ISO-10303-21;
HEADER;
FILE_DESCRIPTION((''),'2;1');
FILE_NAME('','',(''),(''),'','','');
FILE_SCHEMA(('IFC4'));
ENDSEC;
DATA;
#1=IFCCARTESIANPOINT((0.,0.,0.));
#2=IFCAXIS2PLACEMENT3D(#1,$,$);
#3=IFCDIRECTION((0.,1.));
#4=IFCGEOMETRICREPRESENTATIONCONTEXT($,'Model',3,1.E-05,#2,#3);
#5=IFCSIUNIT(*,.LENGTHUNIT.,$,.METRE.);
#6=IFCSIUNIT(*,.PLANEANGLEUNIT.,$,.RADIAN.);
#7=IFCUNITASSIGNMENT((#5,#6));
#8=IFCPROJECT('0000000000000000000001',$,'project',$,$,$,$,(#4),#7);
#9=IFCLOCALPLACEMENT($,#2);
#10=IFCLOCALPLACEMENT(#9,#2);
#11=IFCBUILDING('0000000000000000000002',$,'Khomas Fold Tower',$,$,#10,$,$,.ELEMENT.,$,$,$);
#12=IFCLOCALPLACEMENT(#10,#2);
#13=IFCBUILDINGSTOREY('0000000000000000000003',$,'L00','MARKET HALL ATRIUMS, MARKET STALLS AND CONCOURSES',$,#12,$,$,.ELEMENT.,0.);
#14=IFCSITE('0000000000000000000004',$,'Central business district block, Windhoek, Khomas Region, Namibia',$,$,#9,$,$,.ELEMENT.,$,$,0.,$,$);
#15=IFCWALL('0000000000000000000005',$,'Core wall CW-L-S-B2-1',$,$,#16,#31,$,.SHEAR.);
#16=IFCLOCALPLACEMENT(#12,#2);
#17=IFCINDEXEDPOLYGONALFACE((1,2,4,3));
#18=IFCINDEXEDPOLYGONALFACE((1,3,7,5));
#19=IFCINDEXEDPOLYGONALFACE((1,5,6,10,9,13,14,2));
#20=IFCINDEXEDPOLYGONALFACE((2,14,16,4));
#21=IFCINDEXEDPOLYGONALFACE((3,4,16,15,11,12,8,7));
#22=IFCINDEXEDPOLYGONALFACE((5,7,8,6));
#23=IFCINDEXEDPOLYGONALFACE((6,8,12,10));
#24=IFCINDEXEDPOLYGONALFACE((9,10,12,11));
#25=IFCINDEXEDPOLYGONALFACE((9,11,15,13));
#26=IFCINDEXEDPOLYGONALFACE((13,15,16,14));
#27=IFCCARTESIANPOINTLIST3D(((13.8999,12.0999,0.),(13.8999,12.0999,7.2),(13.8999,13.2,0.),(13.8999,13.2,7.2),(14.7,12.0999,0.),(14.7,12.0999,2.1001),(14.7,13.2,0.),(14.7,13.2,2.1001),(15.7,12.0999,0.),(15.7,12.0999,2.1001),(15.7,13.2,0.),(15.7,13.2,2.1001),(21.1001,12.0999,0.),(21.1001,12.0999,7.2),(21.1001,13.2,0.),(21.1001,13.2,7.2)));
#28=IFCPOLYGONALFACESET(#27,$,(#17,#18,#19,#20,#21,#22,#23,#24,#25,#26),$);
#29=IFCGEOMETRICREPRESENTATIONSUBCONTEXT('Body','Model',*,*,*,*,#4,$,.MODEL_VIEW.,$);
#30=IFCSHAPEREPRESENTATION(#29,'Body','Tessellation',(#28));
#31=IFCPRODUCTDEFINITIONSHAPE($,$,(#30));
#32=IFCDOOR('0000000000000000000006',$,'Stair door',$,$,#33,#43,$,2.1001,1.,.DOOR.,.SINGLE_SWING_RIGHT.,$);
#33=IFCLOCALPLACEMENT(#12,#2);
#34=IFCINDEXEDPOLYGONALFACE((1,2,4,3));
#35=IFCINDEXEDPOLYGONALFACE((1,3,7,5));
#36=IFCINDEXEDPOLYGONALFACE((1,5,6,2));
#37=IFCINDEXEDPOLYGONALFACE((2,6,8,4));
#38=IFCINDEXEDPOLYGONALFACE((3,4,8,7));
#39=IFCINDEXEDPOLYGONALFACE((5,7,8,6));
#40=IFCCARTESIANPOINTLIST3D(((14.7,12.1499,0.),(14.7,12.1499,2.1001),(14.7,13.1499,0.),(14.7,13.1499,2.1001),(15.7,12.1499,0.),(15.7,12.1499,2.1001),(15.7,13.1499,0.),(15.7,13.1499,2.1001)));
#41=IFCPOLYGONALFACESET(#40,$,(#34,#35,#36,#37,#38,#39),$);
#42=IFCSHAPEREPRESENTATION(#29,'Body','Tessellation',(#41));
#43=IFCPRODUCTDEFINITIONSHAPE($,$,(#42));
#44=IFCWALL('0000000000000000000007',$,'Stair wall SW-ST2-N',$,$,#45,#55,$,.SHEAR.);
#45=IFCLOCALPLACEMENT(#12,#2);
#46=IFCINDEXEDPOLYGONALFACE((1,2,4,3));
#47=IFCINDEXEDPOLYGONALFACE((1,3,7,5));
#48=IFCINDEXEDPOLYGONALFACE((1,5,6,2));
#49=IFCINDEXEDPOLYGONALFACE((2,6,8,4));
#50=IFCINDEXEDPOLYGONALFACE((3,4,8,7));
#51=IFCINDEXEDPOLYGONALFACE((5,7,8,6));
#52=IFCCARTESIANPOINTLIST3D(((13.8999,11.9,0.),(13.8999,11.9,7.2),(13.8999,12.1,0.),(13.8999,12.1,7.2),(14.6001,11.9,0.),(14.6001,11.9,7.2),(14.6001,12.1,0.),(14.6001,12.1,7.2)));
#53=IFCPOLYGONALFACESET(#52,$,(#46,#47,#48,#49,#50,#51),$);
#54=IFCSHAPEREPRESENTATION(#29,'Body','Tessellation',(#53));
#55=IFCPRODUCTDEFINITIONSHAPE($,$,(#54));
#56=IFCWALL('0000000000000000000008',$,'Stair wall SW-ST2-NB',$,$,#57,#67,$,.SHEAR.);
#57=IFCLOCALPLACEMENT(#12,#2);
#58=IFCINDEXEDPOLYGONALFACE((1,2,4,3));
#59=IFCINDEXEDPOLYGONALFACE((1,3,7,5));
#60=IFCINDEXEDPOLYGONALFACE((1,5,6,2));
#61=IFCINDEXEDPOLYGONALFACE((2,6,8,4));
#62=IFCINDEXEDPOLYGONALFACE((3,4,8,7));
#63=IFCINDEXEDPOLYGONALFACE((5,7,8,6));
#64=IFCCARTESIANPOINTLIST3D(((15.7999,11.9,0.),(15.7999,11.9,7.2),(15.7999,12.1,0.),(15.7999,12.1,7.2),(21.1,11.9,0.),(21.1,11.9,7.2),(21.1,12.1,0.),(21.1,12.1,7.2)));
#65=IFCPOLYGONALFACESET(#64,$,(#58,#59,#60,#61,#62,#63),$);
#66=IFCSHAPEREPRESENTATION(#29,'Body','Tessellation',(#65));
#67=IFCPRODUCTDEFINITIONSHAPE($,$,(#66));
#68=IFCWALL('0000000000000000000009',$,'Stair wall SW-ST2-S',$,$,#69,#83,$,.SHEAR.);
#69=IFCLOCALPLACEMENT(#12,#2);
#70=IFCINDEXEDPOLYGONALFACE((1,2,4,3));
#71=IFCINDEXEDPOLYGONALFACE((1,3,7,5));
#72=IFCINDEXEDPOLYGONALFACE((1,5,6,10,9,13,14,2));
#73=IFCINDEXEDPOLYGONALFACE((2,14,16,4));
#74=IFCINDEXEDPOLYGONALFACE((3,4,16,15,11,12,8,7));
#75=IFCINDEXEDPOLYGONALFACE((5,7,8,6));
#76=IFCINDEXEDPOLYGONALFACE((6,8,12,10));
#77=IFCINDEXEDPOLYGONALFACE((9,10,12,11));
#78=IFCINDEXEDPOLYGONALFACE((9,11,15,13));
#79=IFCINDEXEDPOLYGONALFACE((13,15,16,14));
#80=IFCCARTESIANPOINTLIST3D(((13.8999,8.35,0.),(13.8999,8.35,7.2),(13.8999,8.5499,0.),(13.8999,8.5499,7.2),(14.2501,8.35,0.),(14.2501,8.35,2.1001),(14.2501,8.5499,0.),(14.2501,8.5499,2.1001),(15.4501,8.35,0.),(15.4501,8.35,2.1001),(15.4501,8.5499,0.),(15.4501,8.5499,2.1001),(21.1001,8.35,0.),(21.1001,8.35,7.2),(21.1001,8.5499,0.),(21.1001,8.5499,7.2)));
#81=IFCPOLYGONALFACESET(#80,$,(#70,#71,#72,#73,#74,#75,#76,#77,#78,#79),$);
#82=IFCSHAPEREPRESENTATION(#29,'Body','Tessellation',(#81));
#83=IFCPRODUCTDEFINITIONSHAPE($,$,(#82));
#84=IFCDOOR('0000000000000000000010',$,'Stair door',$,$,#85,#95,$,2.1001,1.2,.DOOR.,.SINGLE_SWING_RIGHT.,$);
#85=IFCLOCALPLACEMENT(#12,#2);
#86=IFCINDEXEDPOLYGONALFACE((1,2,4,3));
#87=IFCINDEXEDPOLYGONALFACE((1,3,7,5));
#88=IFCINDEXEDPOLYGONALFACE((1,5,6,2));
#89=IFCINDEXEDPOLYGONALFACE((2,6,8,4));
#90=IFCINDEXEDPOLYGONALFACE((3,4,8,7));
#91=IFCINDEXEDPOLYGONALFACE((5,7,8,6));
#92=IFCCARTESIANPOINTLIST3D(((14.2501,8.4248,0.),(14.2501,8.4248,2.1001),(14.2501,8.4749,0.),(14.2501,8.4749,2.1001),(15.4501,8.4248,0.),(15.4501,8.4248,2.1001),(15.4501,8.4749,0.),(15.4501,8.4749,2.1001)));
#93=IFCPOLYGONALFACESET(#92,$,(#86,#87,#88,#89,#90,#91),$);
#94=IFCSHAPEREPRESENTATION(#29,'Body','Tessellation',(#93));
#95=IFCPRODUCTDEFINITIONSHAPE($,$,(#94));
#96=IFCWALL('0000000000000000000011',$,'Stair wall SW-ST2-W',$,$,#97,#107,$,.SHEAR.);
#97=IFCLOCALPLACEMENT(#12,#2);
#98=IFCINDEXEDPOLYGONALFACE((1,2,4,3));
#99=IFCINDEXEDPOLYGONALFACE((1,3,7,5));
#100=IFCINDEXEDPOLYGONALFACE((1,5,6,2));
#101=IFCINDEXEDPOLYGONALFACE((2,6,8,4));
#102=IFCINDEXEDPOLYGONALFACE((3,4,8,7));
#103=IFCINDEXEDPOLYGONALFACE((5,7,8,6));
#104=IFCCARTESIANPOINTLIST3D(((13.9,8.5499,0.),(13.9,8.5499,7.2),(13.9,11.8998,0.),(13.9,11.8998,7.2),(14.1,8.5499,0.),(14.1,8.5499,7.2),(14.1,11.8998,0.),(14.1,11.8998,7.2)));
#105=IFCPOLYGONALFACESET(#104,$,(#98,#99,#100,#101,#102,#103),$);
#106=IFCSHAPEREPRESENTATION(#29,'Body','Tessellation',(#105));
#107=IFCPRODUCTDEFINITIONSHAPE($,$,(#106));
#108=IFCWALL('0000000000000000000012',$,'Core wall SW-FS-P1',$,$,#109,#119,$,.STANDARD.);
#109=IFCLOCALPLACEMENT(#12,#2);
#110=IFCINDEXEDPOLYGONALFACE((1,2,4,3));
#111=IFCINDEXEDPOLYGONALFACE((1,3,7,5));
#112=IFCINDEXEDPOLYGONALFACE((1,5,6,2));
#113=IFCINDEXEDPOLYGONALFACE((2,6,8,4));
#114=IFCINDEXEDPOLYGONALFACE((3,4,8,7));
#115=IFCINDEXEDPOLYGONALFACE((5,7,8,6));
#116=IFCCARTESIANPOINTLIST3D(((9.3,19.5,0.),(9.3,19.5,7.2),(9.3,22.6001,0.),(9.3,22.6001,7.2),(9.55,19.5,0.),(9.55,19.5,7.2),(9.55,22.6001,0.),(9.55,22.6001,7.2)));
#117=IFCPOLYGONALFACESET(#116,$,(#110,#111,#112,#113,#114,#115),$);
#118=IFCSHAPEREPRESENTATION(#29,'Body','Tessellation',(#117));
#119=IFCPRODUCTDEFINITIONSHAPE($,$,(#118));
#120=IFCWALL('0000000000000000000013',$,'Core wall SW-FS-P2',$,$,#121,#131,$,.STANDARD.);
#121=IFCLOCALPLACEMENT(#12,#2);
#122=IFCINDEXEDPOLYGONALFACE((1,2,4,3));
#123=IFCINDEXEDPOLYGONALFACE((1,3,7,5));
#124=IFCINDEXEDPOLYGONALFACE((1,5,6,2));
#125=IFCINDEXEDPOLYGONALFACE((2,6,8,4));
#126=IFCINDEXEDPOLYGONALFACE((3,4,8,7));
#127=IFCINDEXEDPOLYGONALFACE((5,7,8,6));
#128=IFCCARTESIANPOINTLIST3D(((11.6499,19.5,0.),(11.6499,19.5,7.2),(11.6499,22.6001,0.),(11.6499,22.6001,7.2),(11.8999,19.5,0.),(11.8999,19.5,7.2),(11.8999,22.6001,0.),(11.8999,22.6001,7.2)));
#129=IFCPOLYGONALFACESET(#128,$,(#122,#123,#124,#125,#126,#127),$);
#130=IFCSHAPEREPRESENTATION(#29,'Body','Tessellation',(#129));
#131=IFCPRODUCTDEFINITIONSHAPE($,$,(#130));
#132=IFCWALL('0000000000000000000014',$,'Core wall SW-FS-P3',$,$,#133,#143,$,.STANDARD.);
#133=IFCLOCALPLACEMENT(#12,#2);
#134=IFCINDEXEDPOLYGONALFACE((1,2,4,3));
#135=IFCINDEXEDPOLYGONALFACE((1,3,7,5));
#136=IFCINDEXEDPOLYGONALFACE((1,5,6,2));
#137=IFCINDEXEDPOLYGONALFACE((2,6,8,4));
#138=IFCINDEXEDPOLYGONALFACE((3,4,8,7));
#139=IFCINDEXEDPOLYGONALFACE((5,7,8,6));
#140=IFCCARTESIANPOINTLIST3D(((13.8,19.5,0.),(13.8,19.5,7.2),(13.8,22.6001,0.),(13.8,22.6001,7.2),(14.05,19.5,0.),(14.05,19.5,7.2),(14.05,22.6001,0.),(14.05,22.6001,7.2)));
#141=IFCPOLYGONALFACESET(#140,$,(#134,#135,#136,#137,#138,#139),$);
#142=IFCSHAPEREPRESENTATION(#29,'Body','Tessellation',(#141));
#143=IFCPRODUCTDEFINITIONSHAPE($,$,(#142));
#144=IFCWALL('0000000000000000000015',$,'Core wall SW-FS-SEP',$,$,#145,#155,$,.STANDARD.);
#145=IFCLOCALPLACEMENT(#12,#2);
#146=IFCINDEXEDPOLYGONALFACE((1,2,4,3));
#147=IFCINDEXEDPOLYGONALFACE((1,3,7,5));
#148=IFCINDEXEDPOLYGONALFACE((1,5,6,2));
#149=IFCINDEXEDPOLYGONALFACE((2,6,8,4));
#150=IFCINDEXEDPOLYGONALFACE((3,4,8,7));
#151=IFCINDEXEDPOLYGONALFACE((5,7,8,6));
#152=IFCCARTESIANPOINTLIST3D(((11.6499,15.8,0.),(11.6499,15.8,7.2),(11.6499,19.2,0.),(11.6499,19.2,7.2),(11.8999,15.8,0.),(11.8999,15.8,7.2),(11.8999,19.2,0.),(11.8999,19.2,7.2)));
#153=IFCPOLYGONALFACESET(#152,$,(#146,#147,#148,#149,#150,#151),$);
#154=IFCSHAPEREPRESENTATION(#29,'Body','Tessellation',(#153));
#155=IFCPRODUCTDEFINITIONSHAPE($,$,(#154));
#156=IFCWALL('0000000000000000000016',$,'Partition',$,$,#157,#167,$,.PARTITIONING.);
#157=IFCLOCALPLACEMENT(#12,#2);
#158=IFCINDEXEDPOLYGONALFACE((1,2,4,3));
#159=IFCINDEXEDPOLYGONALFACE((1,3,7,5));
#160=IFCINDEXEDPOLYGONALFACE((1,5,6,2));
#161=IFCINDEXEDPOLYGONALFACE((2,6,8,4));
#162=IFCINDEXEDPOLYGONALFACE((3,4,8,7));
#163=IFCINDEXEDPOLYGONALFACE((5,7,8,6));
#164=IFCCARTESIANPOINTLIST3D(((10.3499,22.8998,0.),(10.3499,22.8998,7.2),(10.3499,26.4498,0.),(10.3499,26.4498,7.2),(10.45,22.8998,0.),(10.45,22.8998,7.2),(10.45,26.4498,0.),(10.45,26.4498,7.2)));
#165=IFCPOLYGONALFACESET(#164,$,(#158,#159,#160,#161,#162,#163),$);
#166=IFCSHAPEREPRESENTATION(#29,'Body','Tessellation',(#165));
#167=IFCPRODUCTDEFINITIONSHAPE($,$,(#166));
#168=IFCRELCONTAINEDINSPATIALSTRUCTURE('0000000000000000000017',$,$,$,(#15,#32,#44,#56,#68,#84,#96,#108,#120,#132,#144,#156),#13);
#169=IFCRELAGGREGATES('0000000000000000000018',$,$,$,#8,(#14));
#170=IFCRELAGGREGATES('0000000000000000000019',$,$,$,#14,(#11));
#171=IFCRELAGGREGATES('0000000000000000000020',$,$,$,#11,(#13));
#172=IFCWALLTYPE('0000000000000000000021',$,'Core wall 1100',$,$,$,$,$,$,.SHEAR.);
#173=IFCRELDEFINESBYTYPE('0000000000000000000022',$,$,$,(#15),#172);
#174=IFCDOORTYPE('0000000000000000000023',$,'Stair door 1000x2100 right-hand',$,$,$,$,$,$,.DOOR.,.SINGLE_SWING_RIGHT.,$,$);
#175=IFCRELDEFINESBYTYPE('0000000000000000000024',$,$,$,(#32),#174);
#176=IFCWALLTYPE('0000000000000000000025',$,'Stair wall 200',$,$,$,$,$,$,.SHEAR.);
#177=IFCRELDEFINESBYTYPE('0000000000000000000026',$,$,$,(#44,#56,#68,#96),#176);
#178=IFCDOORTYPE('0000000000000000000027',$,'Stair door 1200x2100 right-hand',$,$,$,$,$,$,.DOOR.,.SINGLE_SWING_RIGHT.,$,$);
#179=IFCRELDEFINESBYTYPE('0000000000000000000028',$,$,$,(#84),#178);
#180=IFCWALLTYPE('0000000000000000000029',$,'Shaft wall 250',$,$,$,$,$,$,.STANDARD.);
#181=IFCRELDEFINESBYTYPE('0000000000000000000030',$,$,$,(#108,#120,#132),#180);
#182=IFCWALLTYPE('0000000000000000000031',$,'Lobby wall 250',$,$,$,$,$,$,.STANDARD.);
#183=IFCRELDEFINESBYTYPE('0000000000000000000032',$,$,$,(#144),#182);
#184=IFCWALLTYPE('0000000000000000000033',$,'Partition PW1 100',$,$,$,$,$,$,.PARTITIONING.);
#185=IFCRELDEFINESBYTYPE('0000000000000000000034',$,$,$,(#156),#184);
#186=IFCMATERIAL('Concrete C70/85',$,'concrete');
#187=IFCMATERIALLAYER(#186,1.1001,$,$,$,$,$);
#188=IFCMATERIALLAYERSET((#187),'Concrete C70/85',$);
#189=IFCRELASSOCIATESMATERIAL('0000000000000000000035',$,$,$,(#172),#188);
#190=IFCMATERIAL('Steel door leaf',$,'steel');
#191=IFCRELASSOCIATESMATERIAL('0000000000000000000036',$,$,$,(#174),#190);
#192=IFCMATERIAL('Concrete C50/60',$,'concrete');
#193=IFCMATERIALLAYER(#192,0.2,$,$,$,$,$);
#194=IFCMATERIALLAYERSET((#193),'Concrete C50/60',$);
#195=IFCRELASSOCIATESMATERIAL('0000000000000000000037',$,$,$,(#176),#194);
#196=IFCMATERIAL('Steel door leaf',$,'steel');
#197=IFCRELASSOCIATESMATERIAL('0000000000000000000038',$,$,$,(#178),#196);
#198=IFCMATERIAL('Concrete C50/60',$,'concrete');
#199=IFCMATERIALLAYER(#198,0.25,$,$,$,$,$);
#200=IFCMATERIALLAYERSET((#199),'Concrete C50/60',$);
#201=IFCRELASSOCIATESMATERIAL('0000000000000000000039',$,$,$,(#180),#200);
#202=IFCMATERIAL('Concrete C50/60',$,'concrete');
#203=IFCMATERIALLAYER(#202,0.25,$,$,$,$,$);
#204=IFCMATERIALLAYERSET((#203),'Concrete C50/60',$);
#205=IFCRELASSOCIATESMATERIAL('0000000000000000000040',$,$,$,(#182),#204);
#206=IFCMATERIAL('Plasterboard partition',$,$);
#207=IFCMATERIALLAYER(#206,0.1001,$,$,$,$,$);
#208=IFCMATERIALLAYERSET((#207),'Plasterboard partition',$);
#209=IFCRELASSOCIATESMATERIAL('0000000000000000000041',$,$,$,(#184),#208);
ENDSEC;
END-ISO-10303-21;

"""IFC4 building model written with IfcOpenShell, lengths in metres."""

from ifc_helpers import new_model, si_unit, direction, frame, frame_2d, origin, place, context, subcontext, project, spatial, rectangle, extrude, source, transform, mapped, material, layer, layer_set, type_object, element, fill, save


model = new_model("IFC4")

# Units and contexts
model_context = context("Model", 3, precision=1e-05, world=origin(), true_north=direction((0.0, 1.0)))
body_context = subcontext(model_context, "Body", "Model", "MODEL_VIEW")
ifc_project = project(units=[si_unit("LENGTHUNIT", "METRE"), si_unit("PLANEANGLEUNIT", "RADIAN")], contexts=[model_context])

# Site, building, storey
site_placement = place(None, origin())
site = spatial("IfcSite", under=ifc_project, at=site_placement, Name="Central business district block, Windhoek, Khomas Region, Namibia", CompositionType="ELEMENT", RefElevation=0.0)
building_placement = place(site_placement, origin())
building = spatial("IfcBuilding", under=site, at=building_placement, Name="Khomas Fold Tower", CompositionType="ELEMENT")
storey_placement = place(building_placement, origin())
storey = spatial("IfcBuildingStorey", under=building, at=storey_placement, Name="L00", Description="MARKET HALL ATRIUMS, MARKET STALLS AND CONCOURSES", CompositionType="ELEMENT", Elevation=0.0)

# Wall, opening, door
ifc_material_1 = material(Name="Concrete C70/85", Category="concrete")
ifc_layer_1 = layer(ifc_material_1, 1.1001)
ifc_layer_set_1 = layer_set([ifc_layer_1], Name="Concrete C70/85")
wall_type_1 = type_object("IfcWallType", Name="Core wall 1100", PredefinedType="SHEAR", material=ifc_layer_set_1)
shared_shape_1 = source(origin(), body_context, "Body", "SweptSolid", [
    extrude(rectangle(XDim=7.2002, YDim=1.1001, at=frame_2d((3.6001, 0.0))), origin(), (0.0, 0.0, 1.0), 7.2),
])
wall_1_placement = place(storey_placement, frame((13.8999, 12.6499, 0.0), z_axis=(0.0, 0.0, 1.0), x_axis=(1.0, 0.0, 0.0)))
wall_1 = element("IfcWall", 1, at=wall_1_placement, inside=storey, type_object=wall_type_1, Name="Core wall CW-L-S-B2-1", PredefinedType="SHEAR", context=body_context, shape_type="MappedRepresentation", body=[
    mapped(shared_shape_1, transform((0.0, 0.0, 0.0))),
])
shared_shape_2 = source(origin(), body_context, "Body", "SweptSolid", [
    extrude(rectangle(XDim=1.0, YDim=2.1001, at=frame_2d((0.5, 1.05))), frame((0.0, 0.5601, 0.0), z_axis=(0.0, -1.0, 0.0), x_axis=(1.0, 0.0, 0.0)), (0.0, 0.0, 1.0), 1.1201),
])
opening_1_placement = place(wall_1_placement, frame((0.8, 0.0, 0.0)))
opening_1 = element("IfcOpeningElement", 2, at=opening_1_placement, cuts=wall_1, PredefinedType="OPENING", context=body_context, shape_type="MappedRepresentation", body=[
    mapped(shared_shape_2, transform((0.0, 0.0, 0.0))),
])
ifc_material_2 = material(Name="Steel door leaf", Category="steel")
door_type_1 = type_object("IfcDoorType", Name="Stair door 1000x2100 right-hand", OperationType="SINGLE_SWING_RIGHT", PredefinedType="DOOR", material=ifc_material_2)
shared_shape_3 = source(origin(), body_context, "Body", "SweptSolid", [
    extrude(rectangle(XDim=1.0, YDim=2.1001, at=frame_2d((0.5, 1.05))), frame((0.0, 0.5, 0.0), z_axis=(0.0, -1.0, 0.0), x_axis=(1.0, 0.0, 0.0)), (0.0, 0.0, 1.0), 1.0),
])
door_1_placement = place(opening_1_placement, origin())
door_1 = element("IfcDoor", 3, at=door_1_placement, inside=storey, type_object=door_type_1, Name="Stair door", OperationType="SINGLE_SWING_RIGHT", OverallHeight=2.1001, OverallWidth=1.0, PredefinedType="DOOR", context=body_context, shape_type="MappedRepresentation", body=[
    mapped(shared_shape_3, transform((0.0, 0.0, 0.0))),
])
fill(opening_1, door_1)

# Walls
ifc_material_3 = material(Name="Concrete C50/60", Category="concrete")
ifc_layer_2 = layer(ifc_material_3, 0.2)
ifc_layer_set_2 = layer_set([ifc_layer_2], Name="Concrete C50/60")
wall_type_2 = type_object("IfcWallType", Name="Stair wall 200", PredefinedType="SHEAR", material=ifc_layer_set_2)
shared_shape_4 = source(origin(), body_context, "Body", "SweptSolid", [
    extrude(rectangle(XDim=0.7002, YDim=0.2, at=frame_2d((0.3501, 0.0))), origin(), (0.0, 0.0, 1.0), 7.2),
])
wall_2_placement = place(storey_placement, frame((13.8999, 12.0, 0.0), z_axis=(0.0, 0.0, 1.0), x_axis=(1.0, 0.0, 0.0)))
element("IfcWall", 4, at=wall_2_placement, inside=storey, type_object=wall_type_2, Name="Stair wall SW-ST2-N", PredefinedType="SHEAR", context=body_context, shape_type="MappedRepresentation", body=[
    mapped(shared_shape_4, transform((0.0, 0.0, 0.0))),
])
shared_shape_5 = source(origin(), body_context, "Body", "SweptSolid", [
    extrude(rectangle(XDim=5.3, YDim=0.2, at=frame_2d((2.6499, 0.0))), origin(), (0.0, 0.0, 1.0), 7.2),
])
wall_3_placement = place(storey_placement, frame((15.8, 12.0, 0.0), z_axis=(0.0, 0.0, 1.0), x_axis=(1.0, 0.0, 0.0)))
element("IfcWall", 5, at=wall_3_placement, inside=storey, type_object=wall_type_2, Name="Stair wall SW-ST2-NB", PredefinedType="SHEAR", context=body_context, shape_type="MappedRepresentation", body=[
    mapped(shared_shape_5, transform((0.0, 0.0, 0.0))),
])

# Wall, opening, door
shared_shape_6 = source(origin(), body_context, "Body", "SweptSolid", [
    extrude(rectangle(XDim=7.2002, YDim=0.2, at=frame_2d((3.6001, 0.0))), origin(), (0.0, 0.0, 1.0), 7.2),
])
wall_4_placement = place(storey_placement, frame((13.8999, 8.45, 0.0), z_axis=(0.0, 0.0, 1.0), x_axis=(1.0, 0.0, 0.0)))
wall_4 = element("IfcWall", 6, at=wall_4_placement, inside=storey, type_object=wall_type_2, Name="Stair wall SW-ST2-S", PredefinedType="SHEAR", context=body_context, shape_type="MappedRepresentation", body=[
    mapped(shared_shape_6, transform((0.0, 0.0, 0.0))),
])
shared_shape_7 = source(origin(), body_context, "Body", "SweptSolid", [
    extrude(rectangle(XDim=1.2, YDim=2.1001, at=frame_2d((0.6001, 1.05))), frame((0.0, 0.1099, 0.0), z_axis=(0.0, -1.0, 0.0), x_axis=(1.0, 0.0, 0.0)), (0.0, 0.0, 1.0), 0.22),
])
opening_2_placement = place(wall_4_placement, frame((0.3501, 0.0, 0.0)))
opening_2 = element("IfcOpeningElement", 7, at=opening_2_placement, cuts=wall_4, PredefinedType="OPENING", context=body_context, shape_type="MappedRepresentation", body=[
    mapped(shared_shape_7, transform((0.0, 0.0, 0.0))),
])
ifc_material_4 = material(Name="Steel door leaf", Category="steel")
door_type_2 = type_object("IfcDoorType", Name="Stair door 1200x2100 right-hand", OperationType="SINGLE_SWING_RIGHT", PredefinedType="DOOR", material=ifc_material_4)
shared_shape_8 = source(origin(), body_context, "Body", "SweptSolid", [
    extrude(rectangle(XDim=1.2, YDim=2.1001, at=frame_2d((0.6001, 1.05))), frame((0.0, 0.0249, 0.0), z_axis=(0.0, -1.0, 0.0), x_axis=(1.0, 0.0, 0.0)), (0.0, 0.0, 1.0), 0.05),
])
door_2_placement = place(opening_2_placement, origin())
door_2 = element("IfcDoor", 8, at=door_2_placement, inside=storey, type_object=door_type_2, Name="Stair door", OperationType="SINGLE_SWING_RIGHT", OverallHeight=2.1001, OverallWidth=1.2, PredefinedType="DOOR", context=body_context, shape_type="MappedRepresentation", body=[
    mapped(shared_shape_8, transform((0.0, 0.0, 0.0))),
])
fill(opening_2, door_2)

# Walls
shared_shape_9 = source(origin(), body_context, "Body", "SweptSolid", [
    extrude(rectangle(XDim=3.3499, YDim=0.2, at=frame_2d((1.6748, 0.0))), origin(), (0.0, 0.0, 1.0), 7.2),
])
wall_5_placement = place(storey_placement, frame((14.0, 8.55, 0.0), z_axis=(0.0, 0.0, 1.0), x_axis=(0.0, 1.0, 0.0)))
element("IfcWall", 9, at=wall_5_placement, inside=storey, type_object=wall_type_2, Name="Stair wall SW-ST2-W", PredefinedType="SHEAR", context=body_context, shape_type="MappedRepresentation", body=[
    mapped(shared_shape_9, transform((0.0, 0.0, 0.0))),
])
ifc_material_5 = material(Name="Concrete C50/60", Category="concrete")
ifc_layer_3 = layer(ifc_material_5, 0.25)
ifc_layer_set_3 = layer_set([ifc_layer_3], Name="Concrete C50/60")
wall_type_3 = type_object("IfcWallType", Name="Shaft wall 250", PredefinedType="STANDARD", material=ifc_layer_set_3)
shared_shape_10 = source(origin(), body_context, "Body", "SweptSolid", [
    extrude(rectangle(XDim=3.1001, YDim=0.25, at=frame_2d((1.55, 0.0))), origin(), (0.0, 0.0, 1.0), 7.2),
])
for number, where, z_axis, x_axis, name in (
    (10, (9.425, 19.5, 0.0), (0.0, 0.0, 1.0), (0.0, 1.0, 0.0), "Core wall SW-FS-P1"),
    (11, (11.7749, 19.5, 0.0), (0.0, 0.0, 1.0), (0.0, 1.0, 0.0), "Core wall SW-FS-P2"),
    (12, (13.925, 19.5, 0.0), (0.0, 0.0, 1.0), (0.0, 1.0, 0.0), "Core wall SW-FS-P3"),
):
    element("IfcWall", number, at=place(storey_placement, frame(where, z_axis=z_axis, x_axis=x_axis)), inside=storey, type_object=wall_type_3, Name=name, PredefinedType="STANDARD", context=body_context, shape_type="MappedRepresentation", body=[
        mapped(shared_shape_10, transform((0.0, 0.0, 0.0))),
    ])
ifc_material_6 = material(Name="Concrete C50/60", Category="concrete")
ifc_layer_4 = layer(ifc_material_6, 0.25)
ifc_layer_set_4 = layer_set([ifc_layer_4], Name="Concrete C50/60")
wall_type_4 = type_object("IfcWallType", Name="Lobby wall 250", PredefinedType="STANDARD", material=ifc_layer_set_4)
shared_shape_11 = source(origin(), body_context, "Body", "SweptSolid", [
    extrude(rectangle(XDim=3.3999, YDim=0.25, at=frame_2d((1.7, 0.0))), origin(), (0.0, 0.0, 1.0), 7.2),
])
wall_6_placement = place(storey_placement, frame((11.7749, 15.8, 0.0), z_axis=(0.0, 0.0, 1.0), x_axis=(0.0, 1.0, 0.0)))
element("IfcWall", 13, at=wall_6_placement, inside=storey, type_object=wall_type_4, Name="Core wall SW-FS-SEP", PredefinedType="STANDARD", context=body_context, shape_type="MappedRepresentation", body=[
    mapped(shared_shape_11, transform((0.0, 0.0, 0.0))),
])
ifc_material_7 = material(Name="Plasterboard partition")
ifc_layer_5 = layer(ifc_material_7, 0.1001)
ifc_layer_set_5 = layer_set([ifc_layer_5], Name="Plasterboard partition")
wall_type_5 = type_object("IfcWallType", Name="Partition PW1 100", PredefinedType="PARTITIONING", material=ifc_layer_set_5)
shared_shape_12 = source(origin(), body_context, "Body", "SweptSolid", [
    extrude(rectangle(XDim=3.55, YDim=0.1001, at=frame_2d((1.7749, 0.0))), origin(), (0.0, 0.0, 1.0), 7.2),
])
wall_7_placement = place(storey_placement, frame((10.3999, 22.8999, 0.0), z_axis=(0.0, 0.0, 1.0), x_axis=(0.0, 1.0, 0.0)))
element("IfcWall", 14, at=wall_7_placement, inside=storey, type_object=wall_type_5, Name="Partition", PredefinedType="PARTITIONING", context=body_context, shape_type="MappedRepresentation", body=[
    mapped(shared_shape_12, transform((0.0, 0.0, 0.0))),
])

save(model, "model.ifc")
